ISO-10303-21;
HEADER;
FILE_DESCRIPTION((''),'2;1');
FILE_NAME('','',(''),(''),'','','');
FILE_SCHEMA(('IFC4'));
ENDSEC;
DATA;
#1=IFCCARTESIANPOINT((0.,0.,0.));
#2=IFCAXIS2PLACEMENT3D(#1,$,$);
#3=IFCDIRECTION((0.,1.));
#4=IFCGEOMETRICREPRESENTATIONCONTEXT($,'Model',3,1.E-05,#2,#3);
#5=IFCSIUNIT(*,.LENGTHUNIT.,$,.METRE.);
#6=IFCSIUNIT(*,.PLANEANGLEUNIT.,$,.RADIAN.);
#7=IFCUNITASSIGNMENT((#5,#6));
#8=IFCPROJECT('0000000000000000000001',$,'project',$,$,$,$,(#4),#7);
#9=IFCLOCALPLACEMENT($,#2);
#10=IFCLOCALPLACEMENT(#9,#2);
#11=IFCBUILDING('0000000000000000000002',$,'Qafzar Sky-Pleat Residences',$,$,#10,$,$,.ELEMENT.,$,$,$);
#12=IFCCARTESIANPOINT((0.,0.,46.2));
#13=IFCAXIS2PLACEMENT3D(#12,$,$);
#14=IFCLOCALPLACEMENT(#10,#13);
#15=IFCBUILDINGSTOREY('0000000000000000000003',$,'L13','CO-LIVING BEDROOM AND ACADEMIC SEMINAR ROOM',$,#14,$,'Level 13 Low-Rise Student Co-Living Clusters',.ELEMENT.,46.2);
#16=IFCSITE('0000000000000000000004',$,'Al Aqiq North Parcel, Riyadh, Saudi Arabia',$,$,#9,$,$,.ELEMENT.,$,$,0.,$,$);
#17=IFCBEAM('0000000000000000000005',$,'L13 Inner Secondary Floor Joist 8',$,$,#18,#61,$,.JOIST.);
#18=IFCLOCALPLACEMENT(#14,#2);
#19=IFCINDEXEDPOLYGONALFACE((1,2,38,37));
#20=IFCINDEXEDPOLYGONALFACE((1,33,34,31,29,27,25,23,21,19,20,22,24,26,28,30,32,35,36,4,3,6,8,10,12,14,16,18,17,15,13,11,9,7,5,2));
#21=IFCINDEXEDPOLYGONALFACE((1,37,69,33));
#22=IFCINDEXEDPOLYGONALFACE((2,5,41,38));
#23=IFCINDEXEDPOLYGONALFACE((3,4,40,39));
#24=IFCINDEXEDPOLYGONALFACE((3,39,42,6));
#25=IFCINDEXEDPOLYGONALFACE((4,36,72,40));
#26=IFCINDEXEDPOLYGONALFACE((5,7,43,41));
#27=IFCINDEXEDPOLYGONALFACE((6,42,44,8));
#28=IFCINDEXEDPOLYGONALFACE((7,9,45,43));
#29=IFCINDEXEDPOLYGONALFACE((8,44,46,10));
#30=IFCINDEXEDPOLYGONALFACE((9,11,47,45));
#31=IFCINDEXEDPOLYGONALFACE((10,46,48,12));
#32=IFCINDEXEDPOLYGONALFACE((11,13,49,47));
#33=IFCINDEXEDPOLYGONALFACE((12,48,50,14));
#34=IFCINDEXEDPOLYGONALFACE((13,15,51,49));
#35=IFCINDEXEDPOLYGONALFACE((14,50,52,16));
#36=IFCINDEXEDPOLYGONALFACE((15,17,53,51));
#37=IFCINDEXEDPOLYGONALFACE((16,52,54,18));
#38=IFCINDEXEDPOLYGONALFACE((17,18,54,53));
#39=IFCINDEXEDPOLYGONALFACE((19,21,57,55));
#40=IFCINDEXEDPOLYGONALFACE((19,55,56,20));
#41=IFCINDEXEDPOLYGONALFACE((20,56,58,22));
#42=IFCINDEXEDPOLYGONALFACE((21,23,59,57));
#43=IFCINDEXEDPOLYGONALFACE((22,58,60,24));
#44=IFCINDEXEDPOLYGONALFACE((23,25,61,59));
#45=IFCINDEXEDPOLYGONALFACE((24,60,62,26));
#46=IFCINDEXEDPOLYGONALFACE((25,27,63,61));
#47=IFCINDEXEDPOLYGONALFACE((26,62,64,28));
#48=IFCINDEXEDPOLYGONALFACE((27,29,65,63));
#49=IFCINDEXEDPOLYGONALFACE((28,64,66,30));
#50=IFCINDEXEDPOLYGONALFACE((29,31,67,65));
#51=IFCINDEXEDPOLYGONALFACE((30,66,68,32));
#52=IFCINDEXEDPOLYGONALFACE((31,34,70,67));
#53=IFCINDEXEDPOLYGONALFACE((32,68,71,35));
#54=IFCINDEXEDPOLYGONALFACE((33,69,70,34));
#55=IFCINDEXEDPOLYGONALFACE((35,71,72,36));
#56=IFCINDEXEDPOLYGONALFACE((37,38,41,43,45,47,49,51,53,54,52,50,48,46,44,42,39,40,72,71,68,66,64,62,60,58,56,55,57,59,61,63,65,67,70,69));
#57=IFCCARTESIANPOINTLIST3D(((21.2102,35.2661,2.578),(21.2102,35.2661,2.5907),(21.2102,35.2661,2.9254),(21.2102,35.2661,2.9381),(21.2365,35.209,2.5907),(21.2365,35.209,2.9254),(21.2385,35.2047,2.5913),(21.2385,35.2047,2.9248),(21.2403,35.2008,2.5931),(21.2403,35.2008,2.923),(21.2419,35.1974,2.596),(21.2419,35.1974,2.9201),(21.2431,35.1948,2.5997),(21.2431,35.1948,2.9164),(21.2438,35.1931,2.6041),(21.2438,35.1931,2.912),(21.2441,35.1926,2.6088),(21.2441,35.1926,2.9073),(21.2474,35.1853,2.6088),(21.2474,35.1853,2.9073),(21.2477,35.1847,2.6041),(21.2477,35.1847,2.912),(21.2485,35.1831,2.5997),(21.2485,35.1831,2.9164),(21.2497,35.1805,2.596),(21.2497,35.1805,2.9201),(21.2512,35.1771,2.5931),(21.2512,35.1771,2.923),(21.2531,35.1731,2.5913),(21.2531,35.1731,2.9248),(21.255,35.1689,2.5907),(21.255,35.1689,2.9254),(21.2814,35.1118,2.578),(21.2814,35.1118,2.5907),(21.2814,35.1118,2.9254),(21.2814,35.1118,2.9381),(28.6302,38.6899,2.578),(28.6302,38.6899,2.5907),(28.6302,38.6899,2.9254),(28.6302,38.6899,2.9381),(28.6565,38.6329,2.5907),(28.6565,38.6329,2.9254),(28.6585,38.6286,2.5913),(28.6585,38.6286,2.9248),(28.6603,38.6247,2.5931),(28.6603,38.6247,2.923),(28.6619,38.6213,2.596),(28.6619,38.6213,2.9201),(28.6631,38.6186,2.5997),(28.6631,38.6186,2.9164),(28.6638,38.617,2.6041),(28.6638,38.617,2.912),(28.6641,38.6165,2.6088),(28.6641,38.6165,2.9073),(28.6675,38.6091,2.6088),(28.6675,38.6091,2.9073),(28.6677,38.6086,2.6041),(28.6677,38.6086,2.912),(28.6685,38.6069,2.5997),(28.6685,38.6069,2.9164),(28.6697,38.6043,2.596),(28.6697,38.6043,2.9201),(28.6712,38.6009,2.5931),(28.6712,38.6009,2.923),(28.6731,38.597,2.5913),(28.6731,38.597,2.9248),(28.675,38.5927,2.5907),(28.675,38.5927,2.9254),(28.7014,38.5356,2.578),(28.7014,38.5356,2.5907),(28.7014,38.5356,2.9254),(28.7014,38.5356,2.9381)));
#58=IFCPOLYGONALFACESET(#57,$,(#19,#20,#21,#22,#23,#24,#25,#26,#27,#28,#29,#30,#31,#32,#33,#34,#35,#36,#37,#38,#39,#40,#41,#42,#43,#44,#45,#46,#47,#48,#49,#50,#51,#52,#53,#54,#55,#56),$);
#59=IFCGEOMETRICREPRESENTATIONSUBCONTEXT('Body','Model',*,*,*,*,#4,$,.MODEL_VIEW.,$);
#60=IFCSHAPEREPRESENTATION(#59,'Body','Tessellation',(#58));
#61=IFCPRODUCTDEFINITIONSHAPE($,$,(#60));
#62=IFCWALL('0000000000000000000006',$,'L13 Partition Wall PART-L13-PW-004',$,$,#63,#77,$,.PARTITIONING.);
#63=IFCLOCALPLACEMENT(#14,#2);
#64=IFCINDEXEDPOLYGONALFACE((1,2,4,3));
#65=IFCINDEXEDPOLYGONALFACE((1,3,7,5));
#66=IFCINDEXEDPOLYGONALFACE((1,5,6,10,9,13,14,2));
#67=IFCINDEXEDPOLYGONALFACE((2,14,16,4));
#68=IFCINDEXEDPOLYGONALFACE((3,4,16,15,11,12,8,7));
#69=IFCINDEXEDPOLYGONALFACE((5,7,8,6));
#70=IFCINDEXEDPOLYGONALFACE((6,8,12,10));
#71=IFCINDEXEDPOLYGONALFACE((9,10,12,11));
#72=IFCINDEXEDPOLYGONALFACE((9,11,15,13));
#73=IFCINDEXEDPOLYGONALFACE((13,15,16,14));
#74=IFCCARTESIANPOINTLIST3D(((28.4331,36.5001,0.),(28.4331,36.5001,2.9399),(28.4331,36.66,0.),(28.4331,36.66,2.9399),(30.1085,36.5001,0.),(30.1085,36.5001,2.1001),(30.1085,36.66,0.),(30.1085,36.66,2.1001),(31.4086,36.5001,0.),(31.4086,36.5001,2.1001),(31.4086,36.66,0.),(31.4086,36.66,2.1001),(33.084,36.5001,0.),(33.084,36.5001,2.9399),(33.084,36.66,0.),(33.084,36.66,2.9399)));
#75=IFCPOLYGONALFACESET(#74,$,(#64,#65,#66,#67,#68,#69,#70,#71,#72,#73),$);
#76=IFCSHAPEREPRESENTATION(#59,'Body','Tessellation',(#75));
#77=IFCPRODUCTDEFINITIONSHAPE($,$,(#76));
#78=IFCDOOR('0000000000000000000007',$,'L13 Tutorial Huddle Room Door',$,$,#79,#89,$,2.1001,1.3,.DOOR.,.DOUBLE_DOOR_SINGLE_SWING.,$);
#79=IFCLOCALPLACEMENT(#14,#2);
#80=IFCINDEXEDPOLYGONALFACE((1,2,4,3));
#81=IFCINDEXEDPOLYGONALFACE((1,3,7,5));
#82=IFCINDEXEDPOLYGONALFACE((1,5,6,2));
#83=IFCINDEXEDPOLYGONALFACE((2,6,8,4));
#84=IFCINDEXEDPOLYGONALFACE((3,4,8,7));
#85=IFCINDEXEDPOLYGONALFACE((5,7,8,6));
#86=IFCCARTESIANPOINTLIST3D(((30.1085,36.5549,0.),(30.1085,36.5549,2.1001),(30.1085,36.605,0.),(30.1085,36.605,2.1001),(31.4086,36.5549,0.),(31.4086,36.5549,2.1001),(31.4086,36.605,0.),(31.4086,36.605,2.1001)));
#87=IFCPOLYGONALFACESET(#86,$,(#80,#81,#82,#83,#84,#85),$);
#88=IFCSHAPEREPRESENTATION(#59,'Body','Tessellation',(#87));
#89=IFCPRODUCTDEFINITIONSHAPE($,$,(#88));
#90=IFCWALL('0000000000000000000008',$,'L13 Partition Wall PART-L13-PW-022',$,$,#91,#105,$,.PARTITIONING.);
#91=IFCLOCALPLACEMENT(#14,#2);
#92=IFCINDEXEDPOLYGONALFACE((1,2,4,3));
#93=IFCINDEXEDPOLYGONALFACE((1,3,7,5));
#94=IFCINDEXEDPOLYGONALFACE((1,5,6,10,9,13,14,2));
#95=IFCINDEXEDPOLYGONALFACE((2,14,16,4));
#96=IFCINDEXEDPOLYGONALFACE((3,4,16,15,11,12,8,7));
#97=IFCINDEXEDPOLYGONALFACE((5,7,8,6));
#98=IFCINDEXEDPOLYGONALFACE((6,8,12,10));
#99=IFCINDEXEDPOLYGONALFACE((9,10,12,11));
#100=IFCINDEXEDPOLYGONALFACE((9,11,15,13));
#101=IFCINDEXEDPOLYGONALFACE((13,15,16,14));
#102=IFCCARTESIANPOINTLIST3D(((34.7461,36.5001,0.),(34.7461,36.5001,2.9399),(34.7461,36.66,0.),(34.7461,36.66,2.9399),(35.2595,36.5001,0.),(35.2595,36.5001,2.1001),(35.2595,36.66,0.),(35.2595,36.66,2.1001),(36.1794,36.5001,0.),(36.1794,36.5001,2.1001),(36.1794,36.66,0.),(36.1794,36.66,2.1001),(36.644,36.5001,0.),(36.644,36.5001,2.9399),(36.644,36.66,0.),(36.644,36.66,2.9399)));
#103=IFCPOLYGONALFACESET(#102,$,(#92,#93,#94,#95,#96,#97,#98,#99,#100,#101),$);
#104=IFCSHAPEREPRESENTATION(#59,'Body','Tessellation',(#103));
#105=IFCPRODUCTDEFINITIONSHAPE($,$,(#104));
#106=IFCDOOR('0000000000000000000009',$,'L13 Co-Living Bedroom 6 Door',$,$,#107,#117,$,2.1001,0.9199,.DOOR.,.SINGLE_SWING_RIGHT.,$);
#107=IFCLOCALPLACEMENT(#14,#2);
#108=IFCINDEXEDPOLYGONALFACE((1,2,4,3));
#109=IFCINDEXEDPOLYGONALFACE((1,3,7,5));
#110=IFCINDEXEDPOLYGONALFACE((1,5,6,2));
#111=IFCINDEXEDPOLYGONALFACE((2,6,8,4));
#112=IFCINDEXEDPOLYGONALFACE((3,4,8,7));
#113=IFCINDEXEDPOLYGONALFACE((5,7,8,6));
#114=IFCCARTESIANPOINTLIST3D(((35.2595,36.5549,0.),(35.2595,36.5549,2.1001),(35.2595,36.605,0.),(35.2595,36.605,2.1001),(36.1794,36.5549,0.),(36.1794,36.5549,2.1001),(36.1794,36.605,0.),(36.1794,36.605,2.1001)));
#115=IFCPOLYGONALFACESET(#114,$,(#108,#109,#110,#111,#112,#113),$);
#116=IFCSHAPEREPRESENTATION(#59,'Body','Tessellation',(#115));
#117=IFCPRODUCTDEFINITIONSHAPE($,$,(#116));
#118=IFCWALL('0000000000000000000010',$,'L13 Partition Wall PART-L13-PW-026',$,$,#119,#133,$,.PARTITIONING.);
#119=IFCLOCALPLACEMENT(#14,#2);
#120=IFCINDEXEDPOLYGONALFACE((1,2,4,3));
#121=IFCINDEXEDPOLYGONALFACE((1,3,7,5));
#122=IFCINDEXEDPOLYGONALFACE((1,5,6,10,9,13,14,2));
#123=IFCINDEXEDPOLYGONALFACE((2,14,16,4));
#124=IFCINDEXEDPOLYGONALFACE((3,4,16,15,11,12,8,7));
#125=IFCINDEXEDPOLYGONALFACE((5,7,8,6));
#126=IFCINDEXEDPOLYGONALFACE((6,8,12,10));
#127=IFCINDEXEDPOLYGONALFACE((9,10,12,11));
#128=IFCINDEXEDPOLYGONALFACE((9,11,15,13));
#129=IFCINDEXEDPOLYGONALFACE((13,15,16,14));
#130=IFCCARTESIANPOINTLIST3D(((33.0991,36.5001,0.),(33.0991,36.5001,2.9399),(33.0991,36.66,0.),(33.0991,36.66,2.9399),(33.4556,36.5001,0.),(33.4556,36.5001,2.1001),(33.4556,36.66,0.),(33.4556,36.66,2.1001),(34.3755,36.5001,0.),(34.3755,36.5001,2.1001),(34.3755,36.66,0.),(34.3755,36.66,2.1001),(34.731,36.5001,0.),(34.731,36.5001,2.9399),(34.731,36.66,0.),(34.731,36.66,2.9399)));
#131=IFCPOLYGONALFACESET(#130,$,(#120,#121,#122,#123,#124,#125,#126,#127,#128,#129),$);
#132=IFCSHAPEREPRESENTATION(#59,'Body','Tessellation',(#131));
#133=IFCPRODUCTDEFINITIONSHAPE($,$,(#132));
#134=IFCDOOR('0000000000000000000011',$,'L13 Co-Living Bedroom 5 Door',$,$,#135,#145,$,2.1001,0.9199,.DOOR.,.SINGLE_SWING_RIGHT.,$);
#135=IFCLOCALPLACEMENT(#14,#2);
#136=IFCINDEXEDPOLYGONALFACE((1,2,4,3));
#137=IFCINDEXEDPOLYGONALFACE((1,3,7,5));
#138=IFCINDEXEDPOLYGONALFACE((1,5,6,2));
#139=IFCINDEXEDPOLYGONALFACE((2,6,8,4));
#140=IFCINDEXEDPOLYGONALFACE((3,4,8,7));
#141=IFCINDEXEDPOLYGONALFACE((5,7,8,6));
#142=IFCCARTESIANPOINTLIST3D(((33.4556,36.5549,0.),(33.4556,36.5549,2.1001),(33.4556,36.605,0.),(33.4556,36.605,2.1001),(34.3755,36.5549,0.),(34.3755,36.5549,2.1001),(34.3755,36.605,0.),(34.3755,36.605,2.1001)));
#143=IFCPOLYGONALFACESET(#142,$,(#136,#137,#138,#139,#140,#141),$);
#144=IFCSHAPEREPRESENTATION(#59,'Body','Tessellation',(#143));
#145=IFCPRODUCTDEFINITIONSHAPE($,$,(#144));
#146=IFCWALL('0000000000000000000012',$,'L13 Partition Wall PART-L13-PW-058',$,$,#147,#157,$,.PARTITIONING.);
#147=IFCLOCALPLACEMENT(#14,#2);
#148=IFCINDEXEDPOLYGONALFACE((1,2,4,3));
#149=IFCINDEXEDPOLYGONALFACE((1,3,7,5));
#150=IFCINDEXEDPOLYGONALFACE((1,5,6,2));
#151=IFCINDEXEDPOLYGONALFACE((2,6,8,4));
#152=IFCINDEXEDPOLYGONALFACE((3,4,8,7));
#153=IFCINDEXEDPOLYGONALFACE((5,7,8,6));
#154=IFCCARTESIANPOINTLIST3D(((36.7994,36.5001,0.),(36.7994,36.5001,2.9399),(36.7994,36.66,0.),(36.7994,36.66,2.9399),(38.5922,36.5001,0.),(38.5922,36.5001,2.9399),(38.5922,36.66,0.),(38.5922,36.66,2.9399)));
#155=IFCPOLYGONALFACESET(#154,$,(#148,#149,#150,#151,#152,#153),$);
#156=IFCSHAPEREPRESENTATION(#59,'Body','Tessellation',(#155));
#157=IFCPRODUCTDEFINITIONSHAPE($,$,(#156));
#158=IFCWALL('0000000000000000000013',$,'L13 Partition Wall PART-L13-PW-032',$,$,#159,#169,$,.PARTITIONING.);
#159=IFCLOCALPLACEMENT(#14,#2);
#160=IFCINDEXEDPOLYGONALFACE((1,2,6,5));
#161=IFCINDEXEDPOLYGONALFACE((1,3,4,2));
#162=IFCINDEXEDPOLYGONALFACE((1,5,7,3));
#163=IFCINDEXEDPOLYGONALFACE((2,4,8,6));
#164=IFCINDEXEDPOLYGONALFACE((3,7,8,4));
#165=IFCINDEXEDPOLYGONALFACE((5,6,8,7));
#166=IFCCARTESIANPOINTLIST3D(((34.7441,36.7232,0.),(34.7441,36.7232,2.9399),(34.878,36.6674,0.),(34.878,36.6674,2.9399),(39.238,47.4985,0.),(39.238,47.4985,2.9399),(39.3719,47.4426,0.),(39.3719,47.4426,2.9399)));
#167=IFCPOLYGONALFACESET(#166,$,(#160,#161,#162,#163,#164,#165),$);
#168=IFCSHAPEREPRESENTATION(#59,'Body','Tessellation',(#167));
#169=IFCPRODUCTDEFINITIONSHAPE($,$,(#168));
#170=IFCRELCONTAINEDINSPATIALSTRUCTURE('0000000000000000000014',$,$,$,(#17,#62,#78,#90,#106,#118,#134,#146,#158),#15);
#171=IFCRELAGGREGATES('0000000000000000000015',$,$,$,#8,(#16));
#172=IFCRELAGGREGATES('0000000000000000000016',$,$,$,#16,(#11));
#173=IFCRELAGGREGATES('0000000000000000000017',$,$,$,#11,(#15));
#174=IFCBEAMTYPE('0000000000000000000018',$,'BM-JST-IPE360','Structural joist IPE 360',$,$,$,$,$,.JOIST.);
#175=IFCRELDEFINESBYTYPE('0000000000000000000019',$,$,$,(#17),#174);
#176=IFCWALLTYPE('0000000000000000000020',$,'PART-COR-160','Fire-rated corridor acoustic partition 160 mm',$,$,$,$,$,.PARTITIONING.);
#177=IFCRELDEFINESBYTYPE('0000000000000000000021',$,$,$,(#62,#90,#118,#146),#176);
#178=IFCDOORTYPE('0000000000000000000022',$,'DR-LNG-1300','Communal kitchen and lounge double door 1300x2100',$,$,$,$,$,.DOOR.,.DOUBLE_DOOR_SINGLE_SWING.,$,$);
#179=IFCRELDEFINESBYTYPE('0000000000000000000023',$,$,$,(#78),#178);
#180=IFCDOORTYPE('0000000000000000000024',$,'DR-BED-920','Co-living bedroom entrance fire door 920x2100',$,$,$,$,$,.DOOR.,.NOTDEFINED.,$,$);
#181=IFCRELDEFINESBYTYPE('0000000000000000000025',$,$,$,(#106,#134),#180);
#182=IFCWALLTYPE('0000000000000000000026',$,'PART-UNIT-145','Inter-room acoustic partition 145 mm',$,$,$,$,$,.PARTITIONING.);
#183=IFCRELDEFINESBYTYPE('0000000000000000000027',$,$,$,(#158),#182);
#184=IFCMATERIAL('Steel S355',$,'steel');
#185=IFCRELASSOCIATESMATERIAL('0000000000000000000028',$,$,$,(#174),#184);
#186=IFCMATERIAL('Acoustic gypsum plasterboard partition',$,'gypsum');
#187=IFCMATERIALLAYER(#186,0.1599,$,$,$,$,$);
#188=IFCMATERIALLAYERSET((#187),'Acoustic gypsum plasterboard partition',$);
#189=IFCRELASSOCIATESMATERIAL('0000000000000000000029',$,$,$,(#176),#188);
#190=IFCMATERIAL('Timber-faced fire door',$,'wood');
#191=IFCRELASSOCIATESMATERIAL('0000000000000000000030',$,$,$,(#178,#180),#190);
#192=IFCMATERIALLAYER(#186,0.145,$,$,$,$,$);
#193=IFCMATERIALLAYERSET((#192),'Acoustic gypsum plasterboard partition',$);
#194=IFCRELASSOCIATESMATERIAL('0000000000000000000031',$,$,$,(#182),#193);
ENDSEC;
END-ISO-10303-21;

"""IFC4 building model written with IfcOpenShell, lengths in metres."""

from ifc_helpers import new_model, si_unit, direction, frame, frame_2d, origin, origin_2d, place, context, subcontext, project, spatial, rectangle, i_section, extrude, source, transform, mapped, material, layer, layer_set, material_profile, profile_set, type_object, element, fill, save


model = new_model("IFC4")

# Units and contexts
model_context = context("Model", 3, precision=1e-05, world=origin(), true_north=direction((0.0, 1.0)))
body_context = subcontext(model_context, "Body", "Model", "MODEL_VIEW")
ifc_project = project(units=[si_unit("LENGTHUNIT", "METRE"), si_unit("PLANEANGLEUNIT", "RADIAN")], contexts=[model_context])

# Site, building, storey
site_placement = place(None, origin())
site = spatial("IfcSite", under=ifc_project, at=site_placement, Name="Al Aqiq North Parcel, Riyadh, Saudi Arabia", CompositionType="ELEMENT", RefElevation=0.0)
building_placement = place(site_placement, origin())
building = spatial("IfcBuilding", under=site, at=building_placement, Name="Qafzar Sky-Pleat Residences", CompositionType="ELEMENT")
storey_placement = place(building_placement, frame((0.0, 0.0, 46.2)))
storey = spatial("IfcBuildingStorey", under=building, at=storey_placement, Name="L13", Description="CO-LIVING BEDROOM AND ACADEMIC SEMINAR ROOM", LongName="Level 13 Low-Rise Student Co-Living Clusters", CompositionType="ELEMENT", Elevation=46.2)

# Beam
ifc_material_1 = material(Name="Steel S355", Category="steel")
ifc_material_profile_1 = material_profile(ifc_material_1, i_section(OverallWidth=0.1699, OverallDepth=0.3601, WebThickness=0.0081, FlangeThickness=0.0127, FilletRadius=0.0181, at=origin_2d()), Name="IPE 360")
ifc_profile_set_1 = profile_set([ifc_material_profile_1], Name="Steel S355")
beam_type_1 = type_object("IfcBeamType", Name="BM-JST-IPE360", Description="Structural joist IPE 360", PredefinedType="JOIST", material=ifc_profile_set_1)
shared_shape_1 = source(origin(), body_context, "Body", "SweptSolid", [
    extrude(i_section(OverallWidth=0.1699, OverallDepth=0.3601, WebThickness=0.0081, FlangeThickness=0.0127, FilletRadius=0.0181, at=origin_2d()), origin(), (0.0, 0.0, 1.0), 8.1719),
])
beam_1_placement = place(storey_placement, frame((28.6658, 38.6128, 2.7581), z_axis=(-0.907994, -0.418982, 0.0), x_axis=(0.418982, -0.907994, 0.0)))
element("IfcBeam", 1, at=beam_1_placement, inside=storey, type_object=beam_type_1, Name="L13 Inner Secondary Floor Joist 8", PredefinedType="JOIST", context=body_context, shape_type="MappedRepresentation", body=[
    mapped(shared_shape_1, transform((0.0, 0.0, 0.0), x_axis=(1.0, 0.0, 0.0), y_axis=(0.0, 1.0, 0.0), z_axis=(0.0, 0.0, 1.0), scale=1.0)),
])

# Walls, openings, doors
ifc_material_2 = material(Name="Acoustic gypsum plasterboard partition", Category="gypsum")
ifc_layer_1 = layer(ifc_material_2, 0.1599)
ifc_layer_set_1 = layer_set([ifc_layer_1], Name="Acoustic gypsum plasterboard partition")
wall_type_1 = type_object("IfcWallType", Name="PART-COR-160", Description="Fire-rated corridor acoustic partition 160 mm", PredefinedType="PARTITIONING", material=ifc_layer_set_1)
wall_1_placement = place(storey_placement, frame((28.4331, 36.5801, 0.0), z_axis=(0.0, 0.0, 1.0), x_axis=(1.0, 0.0, 0.0)))
wall_1 = element("IfcWall", 2, at=wall_1_placement, inside=storey, type_object=wall_type_1, Name="L13 Partition Wall PART-L13-PW-004", PredefinedType="PARTITIONING", context=body_context, shape_type="SweptSolid", body=[
    extrude(rectangle(XDim=4.6509, YDim=0.1599, at=frame_2d((2.3254, 0.0))), origin(), (0.0, 0.0, 1.0), 2.9399),
])
opening_1_placement = place(wall_1_placement, frame((1.6755, 0.0, 0.0)))
opening_1 = element("IfcOpeningElement", 3, at=opening_1_placement, cuts=wall_1, PredefinedType="OPENING", context=body_context, shape_type="SweptSolid", body=[
    extrude(rectangle(XDim=1.3, YDim=2.1001, at=frame_2d((0.6499, 1.05))), frame((0.0, 0.0898, 0.0), z_axis=(0.0, -1.0, 0.0), x_axis=(1.0, 0.0, 0.0)), (0.0, 0.0, 1.0), 0.1799),
])
ifc_material_3 = material(Name="Timber-faced fire door", Category="wood")
door_type_1 = type_object("IfcDoorType", Name="DR-LNG-1300", Description="Communal kitchen and lounge double door 1300x2100", OperationType="DOUBLE_DOOR_SINGLE_SWING", PredefinedType="DOOR", material=ifc_material_3)
shared_shape_2 = source(origin(), body_context, "Body", "SweptSolid", [
    extrude(rectangle(XDim=1.3, YDim=2.1001, at=frame_2d((0.6499, 1.05))), frame((0.0, 0.0249, 0.0), z_axis=(0.0, -1.0, 0.0), x_axis=(1.0, 0.0, 0.0)), (0.0, 0.0, 1.0), 0.05),
])
door_1_placement = place(opening_1_placement, origin())
door_1 = element("IfcDoor", 4, at=door_1_placement, inside=storey, type_object=door_type_1, Name="L13 Tutorial Huddle Room Door", OperationType="DOUBLE_DOOR_SINGLE_SWING", OverallHeight=2.1001, OverallWidth=1.3, PredefinedType="DOOR", context=body_context, shape_type="MappedRepresentation", body=[
    mapped(shared_shape_2, transform((0.0, 0.0, 0.0), x_axis=(1.0, 0.0, 0.0), y_axis=(0.0, 1.0, 0.0), z_axis=(0.0, 0.0, 1.0), scale=1.0)),
])
fill(opening_1, door_1)
wall_2_placement = place(storey_placement, frame((34.7461, 36.5801, 0.0), z_axis=(0.0, 0.0, 1.0), x_axis=(1.0, 0.0, 0.0)))
wall_2 = element("IfcWall", 5, at=wall_2_placement, inside=storey, type_object=wall_type_1, Name="L13 Partition Wall PART-L13-PW-022", PredefinedType="PARTITIONING", context=body_context, shape_type="SweptSolid", body=[
    extrude(rectangle(XDim=1.8979, YDim=0.1599, at=frame_2d((0.949, 0.0))), origin(), (0.0, 0.0, 1.0), 2.9399),
])
opening_2_placement = place(wall_2_placement, frame((0.5134, 0.0, 0.0)))
opening_2 = element("IfcOpeningElement", 6, at=opening_2_placement, cuts=wall_2, PredefinedType="OPENING", context=body_context, shape_type="SweptSolid", body=[
    extrude(rectangle(XDim=0.9199, YDim=2.1001, at=frame_2d((0.46, 1.05))), frame((0.0, 0.0898, 0.0), z_axis=(0.0, -1.0, 0.0), x_axis=(1.0, 0.0, 0.0)), (0.0, 0.0, 1.0), 0.1799),
])
door_type_2 = type_object("IfcDoorType", Name="DR-BED-920", Description="Co-living bedroom entrance fire door 920x2100", OperationType="NOTDEFINED", PredefinedType="DOOR", material=ifc_material_3)
shared_shape_3 = source(origin(), body_context, "Body", "SweptSolid", [
    extrude(rectangle(XDim=0.9199, YDim=2.1001, at=frame_2d((0.46, 1.05))), frame((0.0, 0.0249, 0.0), z_axis=(0.0, -1.0, 0.0), x_axis=(1.0, 0.0, 0.0)), (0.0, 0.0, 1.0), 0.05),
])
door_2_placement = place(opening_2_placement, origin())
door_2 = element("IfcDoor", 7, at=door_2_placement, inside=storey, type_object=door_type_2, Name="L13 Co-Living Bedroom 6 Door", OperationType="SINGLE_SWING_RIGHT", OverallHeight=2.1001, OverallWidth=0.9199, PredefinedType="DOOR", context=body_context, shape_type="MappedRepresentation", body=[
    mapped(shared_shape_3, transform((0.0, 0.0, 0.0), x_axis=(1.0, 0.0, 0.0), y_axis=(0.0, 1.0, 0.0), z_axis=(0.0, 0.0, 1.0), scale=1.0)),
])
fill(opening_2, door_2)
wall_3_placement = place(storey_placement, frame((33.0991, 36.5801, 0.0), z_axis=(0.0, 0.0, 1.0), x_axis=(1.0, 0.0, 0.0)))
wall_3 = element("IfcWall", 8, at=wall_3_placement, inside=storey, type_object=wall_type_1, Name="L13 Partition Wall PART-L13-PW-026", PredefinedType="PARTITIONING", context=body_context, shape_type="SweptSolid", body=[
    extrude(rectangle(XDim=1.6318, YDim=0.1599, at=frame_2d((0.8159, 0.0))), origin(), (0.0, 0.0, 1.0), 2.9399),
])
opening_3_placement = place(wall_3_placement, frame((0.3564, 0.0, 0.0)))
opening_3 = element("IfcOpeningElement", 9, at=opening_3_placement, cuts=wall_3, PredefinedType="OPENING", context=body_context, shape_type="SweptSolid", body=[
    extrude(rectangle(XDim=0.9199, YDim=2.1001, at=frame_2d((0.46, 1.05))), frame((0.0, 0.0898, 0.0), z_axis=(0.0, -1.0, 0.0), x_axis=(1.0, 0.0, 0.0)), (0.0, 0.0, 1.0), 0.1799),
])
door_3_placement = place(opening_3_placement, origin())
door_3 = element("IfcDoor", 10, at=door_3_placement, inside=storey, type_object=door_type_2, Name="L13 Co-Living Bedroom 5 Door", OperationType="SINGLE_SWING_RIGHT", OverallHeight=2.1001, OverallWidth=0.9199, PredefinedType="DOOR", context=body_context, shape_type="MappedRepresentation", body=[
    mapped(shared_shape_3, transform((0.0, 0.0, 0.0), x_axis=(1.0, 0.0, 0.0), y_axis=(0.0, 1.0, 0.0), z_axis=(0.0, 0.0, 1.0), scale=1.0)),
])
fill(opening_3, door_3)

# Walls
wall_4_placement = place(storey_placement, frame((36.7993, 36.5801, 0.0), z_axis=(0.0, 0.0, 1.0), x_axis=(1.0, 0.0, 0.0)))
element("IfcWall", 11, at=wall_4_placement, inside=storey, type_object=wall_type_1, Name="L13 Partition Wall PART-L13-PW-058", PredefinedType="PARTITIONING", context=body_context, shape_type="SweptSolid", body=[
    extrude(rectangle(XDim=1.7927, YDim=0.1599, at=frame_2d((0.8965, 0.0))), origin(), (0.0, 0.0, 1.0), 2.9399),
])
ifc_layer_2 = layer(ifc_material_2, 0.145)
ifc_layer_set_2 = layer_set([ifc_layer_2], Name="Acoustic gypsum plasterboard partition")
wall_type_2 = type_object("IfcWallType", Name="PART-UNIT-145", Description="Inter-room acoustic partition 145 mm", PredefinedType="PARTITIONING", material=ifc_layer_set_2)
wall_5_placement = place(storey_placement, frame((34.811, 36.6953, 0.0), z_axis=(0.0, 0.0, 1.0), x_axis=(0.384926, 0.922948, 0.0)))
element("IfcWall", 12, at=wall_5_placement, inside=storey, type_object=wall_type_2, Name="L13 Partition Wall PART-L13-PW-032", PredefinedType="PARTITIONING", context=body_context, shape_type="SweptSolid", body=[
    extrude(rectangle(XDim=11.6748, YDim=0.145, at=frame_2d((5.8374, 0.0))), origin(), (0.0, 0.0, 1.0), 2.9399),
])

save(model, "model.ifc")
